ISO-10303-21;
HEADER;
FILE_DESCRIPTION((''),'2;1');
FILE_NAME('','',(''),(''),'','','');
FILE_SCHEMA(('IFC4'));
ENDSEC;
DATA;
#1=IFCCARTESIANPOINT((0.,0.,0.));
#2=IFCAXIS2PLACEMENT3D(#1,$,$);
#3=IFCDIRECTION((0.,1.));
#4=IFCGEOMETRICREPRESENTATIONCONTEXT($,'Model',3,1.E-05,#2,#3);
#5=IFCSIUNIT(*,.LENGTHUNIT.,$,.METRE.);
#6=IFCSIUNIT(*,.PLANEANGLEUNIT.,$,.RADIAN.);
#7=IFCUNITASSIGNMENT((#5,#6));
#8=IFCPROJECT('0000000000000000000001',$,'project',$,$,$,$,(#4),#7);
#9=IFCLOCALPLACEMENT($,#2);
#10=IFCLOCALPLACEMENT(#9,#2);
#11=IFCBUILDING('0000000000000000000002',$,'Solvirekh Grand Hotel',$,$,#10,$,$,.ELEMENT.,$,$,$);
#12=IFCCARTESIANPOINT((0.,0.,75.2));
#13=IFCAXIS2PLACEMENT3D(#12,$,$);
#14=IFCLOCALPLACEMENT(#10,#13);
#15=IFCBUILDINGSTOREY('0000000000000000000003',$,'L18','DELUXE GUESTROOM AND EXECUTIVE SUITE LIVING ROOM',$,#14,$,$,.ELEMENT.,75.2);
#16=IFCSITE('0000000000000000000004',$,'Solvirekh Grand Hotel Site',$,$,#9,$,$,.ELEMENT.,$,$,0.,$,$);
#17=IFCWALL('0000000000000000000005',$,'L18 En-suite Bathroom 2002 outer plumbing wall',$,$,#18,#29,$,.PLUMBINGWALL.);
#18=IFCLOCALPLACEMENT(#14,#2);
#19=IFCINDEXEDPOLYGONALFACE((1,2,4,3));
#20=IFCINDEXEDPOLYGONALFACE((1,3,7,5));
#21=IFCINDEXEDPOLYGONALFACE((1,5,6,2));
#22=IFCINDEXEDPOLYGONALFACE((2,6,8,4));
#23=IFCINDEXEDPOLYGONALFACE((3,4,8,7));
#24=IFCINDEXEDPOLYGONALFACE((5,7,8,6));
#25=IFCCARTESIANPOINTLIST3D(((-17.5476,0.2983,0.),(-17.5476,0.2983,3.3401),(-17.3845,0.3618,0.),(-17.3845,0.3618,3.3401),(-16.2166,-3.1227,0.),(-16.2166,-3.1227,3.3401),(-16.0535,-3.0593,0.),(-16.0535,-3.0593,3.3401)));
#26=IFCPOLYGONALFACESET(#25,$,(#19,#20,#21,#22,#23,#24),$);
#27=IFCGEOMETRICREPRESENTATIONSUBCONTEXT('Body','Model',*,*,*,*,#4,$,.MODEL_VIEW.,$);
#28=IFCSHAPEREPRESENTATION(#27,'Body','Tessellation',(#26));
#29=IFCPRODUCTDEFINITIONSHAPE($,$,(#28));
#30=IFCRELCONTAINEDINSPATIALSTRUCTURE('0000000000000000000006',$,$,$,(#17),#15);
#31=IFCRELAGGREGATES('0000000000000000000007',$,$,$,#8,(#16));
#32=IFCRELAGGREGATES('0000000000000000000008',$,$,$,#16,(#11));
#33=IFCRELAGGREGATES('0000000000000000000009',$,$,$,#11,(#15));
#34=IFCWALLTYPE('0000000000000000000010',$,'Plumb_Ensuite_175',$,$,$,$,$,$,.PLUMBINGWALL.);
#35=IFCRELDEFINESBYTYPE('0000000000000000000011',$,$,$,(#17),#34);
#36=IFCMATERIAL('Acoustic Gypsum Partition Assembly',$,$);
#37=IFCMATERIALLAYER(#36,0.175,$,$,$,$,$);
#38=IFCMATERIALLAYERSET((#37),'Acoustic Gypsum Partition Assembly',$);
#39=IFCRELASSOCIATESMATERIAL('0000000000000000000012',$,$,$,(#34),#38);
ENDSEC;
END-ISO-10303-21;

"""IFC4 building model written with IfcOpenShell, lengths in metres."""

from ifc_helpers import new_model, si_unit, direction, frame, frame_2d, origin, place, context, subcontext, project, spatial, rectangle, extrude, material, layer, layer_set, type_object, element, save


model = new_model("IFC4")

# Units and contexts
model_context = context("Model", 3, precision=1e-05, world=origin(), true_north=direction((0.0, 1.0)))
body_context = subcontext(model_context, "Body", "Model", "MODEL_VIEW")
ifc_project = project(units=[si_unit("LENGTHUNIT", "METRE"), si_unit("PLANEANGLEUNIT", "RADIAN")], contexts=[model_context])

# Site, building, storey
site_placement = place(None, origin())
site = spatial("IfcSite", under=ifc_project, at=site_placement, Name="Solvirekh Grand Hotel Site", CompositionType="ELEMENT", RefElevation=0.0)
building_placement = place(site_placement, origin())
building = spatial("IfcBuilding", under=site, at=building_placement, Name="Solvirekh Grand Hotel", CompositionType="ELEMENT")
storey_placement = place(building_placement, frame((0.0, 0.0, 75.2)))
storey = spatial("IfcBuildingStorey", under=building, at=storey_placement, Name="L18", Description="DELUXE GUESTROOM AND EXECUTIVE SUITE LIVING ROOM", CompositionType="ELEMENT", Elevation=75.2)

# Wall
ifc_material_1 = material(Name="Acoustic Gypsum Partition Assembly")
ifc_layer_1 = layer(ifc_material_1, 0.175)
ifc_layer_set_1 = layer_set([ifc_layer_1], Name="Acoustic Gypsum Partition Assembly")
wall_type_1 = type_object("IfcWallType", Name="Plumb_Ensuite_175", PredefinedType="PLUMBINGWALL", material=ifc_layer_set_1)
wall_1_placement = place(storey_placement, frame((-17.4661, 0.3301, 0.0), z_axis=(0.0, 0.0, 1.0), x_axis=(0.362591, -0.931948, 0.0)))
element("IfcWall", 1, at=wall_1_placement, inside=storey, type_object=wall_type_1, Name="L18 En-suite Bathroom 2002 outer plumbing wall", PredefinedType="PLUMBINGWALL", context=body_context, shape_type="SweptSolid", body=[
    extrude(rectangle(XDim=3.6709, YDim=0.175, at=frame_2d((1.8354, 0.0))), origin(), (0.0, 0.0, 1.0), 3.3401),
])

save(model, "model.ifc")
